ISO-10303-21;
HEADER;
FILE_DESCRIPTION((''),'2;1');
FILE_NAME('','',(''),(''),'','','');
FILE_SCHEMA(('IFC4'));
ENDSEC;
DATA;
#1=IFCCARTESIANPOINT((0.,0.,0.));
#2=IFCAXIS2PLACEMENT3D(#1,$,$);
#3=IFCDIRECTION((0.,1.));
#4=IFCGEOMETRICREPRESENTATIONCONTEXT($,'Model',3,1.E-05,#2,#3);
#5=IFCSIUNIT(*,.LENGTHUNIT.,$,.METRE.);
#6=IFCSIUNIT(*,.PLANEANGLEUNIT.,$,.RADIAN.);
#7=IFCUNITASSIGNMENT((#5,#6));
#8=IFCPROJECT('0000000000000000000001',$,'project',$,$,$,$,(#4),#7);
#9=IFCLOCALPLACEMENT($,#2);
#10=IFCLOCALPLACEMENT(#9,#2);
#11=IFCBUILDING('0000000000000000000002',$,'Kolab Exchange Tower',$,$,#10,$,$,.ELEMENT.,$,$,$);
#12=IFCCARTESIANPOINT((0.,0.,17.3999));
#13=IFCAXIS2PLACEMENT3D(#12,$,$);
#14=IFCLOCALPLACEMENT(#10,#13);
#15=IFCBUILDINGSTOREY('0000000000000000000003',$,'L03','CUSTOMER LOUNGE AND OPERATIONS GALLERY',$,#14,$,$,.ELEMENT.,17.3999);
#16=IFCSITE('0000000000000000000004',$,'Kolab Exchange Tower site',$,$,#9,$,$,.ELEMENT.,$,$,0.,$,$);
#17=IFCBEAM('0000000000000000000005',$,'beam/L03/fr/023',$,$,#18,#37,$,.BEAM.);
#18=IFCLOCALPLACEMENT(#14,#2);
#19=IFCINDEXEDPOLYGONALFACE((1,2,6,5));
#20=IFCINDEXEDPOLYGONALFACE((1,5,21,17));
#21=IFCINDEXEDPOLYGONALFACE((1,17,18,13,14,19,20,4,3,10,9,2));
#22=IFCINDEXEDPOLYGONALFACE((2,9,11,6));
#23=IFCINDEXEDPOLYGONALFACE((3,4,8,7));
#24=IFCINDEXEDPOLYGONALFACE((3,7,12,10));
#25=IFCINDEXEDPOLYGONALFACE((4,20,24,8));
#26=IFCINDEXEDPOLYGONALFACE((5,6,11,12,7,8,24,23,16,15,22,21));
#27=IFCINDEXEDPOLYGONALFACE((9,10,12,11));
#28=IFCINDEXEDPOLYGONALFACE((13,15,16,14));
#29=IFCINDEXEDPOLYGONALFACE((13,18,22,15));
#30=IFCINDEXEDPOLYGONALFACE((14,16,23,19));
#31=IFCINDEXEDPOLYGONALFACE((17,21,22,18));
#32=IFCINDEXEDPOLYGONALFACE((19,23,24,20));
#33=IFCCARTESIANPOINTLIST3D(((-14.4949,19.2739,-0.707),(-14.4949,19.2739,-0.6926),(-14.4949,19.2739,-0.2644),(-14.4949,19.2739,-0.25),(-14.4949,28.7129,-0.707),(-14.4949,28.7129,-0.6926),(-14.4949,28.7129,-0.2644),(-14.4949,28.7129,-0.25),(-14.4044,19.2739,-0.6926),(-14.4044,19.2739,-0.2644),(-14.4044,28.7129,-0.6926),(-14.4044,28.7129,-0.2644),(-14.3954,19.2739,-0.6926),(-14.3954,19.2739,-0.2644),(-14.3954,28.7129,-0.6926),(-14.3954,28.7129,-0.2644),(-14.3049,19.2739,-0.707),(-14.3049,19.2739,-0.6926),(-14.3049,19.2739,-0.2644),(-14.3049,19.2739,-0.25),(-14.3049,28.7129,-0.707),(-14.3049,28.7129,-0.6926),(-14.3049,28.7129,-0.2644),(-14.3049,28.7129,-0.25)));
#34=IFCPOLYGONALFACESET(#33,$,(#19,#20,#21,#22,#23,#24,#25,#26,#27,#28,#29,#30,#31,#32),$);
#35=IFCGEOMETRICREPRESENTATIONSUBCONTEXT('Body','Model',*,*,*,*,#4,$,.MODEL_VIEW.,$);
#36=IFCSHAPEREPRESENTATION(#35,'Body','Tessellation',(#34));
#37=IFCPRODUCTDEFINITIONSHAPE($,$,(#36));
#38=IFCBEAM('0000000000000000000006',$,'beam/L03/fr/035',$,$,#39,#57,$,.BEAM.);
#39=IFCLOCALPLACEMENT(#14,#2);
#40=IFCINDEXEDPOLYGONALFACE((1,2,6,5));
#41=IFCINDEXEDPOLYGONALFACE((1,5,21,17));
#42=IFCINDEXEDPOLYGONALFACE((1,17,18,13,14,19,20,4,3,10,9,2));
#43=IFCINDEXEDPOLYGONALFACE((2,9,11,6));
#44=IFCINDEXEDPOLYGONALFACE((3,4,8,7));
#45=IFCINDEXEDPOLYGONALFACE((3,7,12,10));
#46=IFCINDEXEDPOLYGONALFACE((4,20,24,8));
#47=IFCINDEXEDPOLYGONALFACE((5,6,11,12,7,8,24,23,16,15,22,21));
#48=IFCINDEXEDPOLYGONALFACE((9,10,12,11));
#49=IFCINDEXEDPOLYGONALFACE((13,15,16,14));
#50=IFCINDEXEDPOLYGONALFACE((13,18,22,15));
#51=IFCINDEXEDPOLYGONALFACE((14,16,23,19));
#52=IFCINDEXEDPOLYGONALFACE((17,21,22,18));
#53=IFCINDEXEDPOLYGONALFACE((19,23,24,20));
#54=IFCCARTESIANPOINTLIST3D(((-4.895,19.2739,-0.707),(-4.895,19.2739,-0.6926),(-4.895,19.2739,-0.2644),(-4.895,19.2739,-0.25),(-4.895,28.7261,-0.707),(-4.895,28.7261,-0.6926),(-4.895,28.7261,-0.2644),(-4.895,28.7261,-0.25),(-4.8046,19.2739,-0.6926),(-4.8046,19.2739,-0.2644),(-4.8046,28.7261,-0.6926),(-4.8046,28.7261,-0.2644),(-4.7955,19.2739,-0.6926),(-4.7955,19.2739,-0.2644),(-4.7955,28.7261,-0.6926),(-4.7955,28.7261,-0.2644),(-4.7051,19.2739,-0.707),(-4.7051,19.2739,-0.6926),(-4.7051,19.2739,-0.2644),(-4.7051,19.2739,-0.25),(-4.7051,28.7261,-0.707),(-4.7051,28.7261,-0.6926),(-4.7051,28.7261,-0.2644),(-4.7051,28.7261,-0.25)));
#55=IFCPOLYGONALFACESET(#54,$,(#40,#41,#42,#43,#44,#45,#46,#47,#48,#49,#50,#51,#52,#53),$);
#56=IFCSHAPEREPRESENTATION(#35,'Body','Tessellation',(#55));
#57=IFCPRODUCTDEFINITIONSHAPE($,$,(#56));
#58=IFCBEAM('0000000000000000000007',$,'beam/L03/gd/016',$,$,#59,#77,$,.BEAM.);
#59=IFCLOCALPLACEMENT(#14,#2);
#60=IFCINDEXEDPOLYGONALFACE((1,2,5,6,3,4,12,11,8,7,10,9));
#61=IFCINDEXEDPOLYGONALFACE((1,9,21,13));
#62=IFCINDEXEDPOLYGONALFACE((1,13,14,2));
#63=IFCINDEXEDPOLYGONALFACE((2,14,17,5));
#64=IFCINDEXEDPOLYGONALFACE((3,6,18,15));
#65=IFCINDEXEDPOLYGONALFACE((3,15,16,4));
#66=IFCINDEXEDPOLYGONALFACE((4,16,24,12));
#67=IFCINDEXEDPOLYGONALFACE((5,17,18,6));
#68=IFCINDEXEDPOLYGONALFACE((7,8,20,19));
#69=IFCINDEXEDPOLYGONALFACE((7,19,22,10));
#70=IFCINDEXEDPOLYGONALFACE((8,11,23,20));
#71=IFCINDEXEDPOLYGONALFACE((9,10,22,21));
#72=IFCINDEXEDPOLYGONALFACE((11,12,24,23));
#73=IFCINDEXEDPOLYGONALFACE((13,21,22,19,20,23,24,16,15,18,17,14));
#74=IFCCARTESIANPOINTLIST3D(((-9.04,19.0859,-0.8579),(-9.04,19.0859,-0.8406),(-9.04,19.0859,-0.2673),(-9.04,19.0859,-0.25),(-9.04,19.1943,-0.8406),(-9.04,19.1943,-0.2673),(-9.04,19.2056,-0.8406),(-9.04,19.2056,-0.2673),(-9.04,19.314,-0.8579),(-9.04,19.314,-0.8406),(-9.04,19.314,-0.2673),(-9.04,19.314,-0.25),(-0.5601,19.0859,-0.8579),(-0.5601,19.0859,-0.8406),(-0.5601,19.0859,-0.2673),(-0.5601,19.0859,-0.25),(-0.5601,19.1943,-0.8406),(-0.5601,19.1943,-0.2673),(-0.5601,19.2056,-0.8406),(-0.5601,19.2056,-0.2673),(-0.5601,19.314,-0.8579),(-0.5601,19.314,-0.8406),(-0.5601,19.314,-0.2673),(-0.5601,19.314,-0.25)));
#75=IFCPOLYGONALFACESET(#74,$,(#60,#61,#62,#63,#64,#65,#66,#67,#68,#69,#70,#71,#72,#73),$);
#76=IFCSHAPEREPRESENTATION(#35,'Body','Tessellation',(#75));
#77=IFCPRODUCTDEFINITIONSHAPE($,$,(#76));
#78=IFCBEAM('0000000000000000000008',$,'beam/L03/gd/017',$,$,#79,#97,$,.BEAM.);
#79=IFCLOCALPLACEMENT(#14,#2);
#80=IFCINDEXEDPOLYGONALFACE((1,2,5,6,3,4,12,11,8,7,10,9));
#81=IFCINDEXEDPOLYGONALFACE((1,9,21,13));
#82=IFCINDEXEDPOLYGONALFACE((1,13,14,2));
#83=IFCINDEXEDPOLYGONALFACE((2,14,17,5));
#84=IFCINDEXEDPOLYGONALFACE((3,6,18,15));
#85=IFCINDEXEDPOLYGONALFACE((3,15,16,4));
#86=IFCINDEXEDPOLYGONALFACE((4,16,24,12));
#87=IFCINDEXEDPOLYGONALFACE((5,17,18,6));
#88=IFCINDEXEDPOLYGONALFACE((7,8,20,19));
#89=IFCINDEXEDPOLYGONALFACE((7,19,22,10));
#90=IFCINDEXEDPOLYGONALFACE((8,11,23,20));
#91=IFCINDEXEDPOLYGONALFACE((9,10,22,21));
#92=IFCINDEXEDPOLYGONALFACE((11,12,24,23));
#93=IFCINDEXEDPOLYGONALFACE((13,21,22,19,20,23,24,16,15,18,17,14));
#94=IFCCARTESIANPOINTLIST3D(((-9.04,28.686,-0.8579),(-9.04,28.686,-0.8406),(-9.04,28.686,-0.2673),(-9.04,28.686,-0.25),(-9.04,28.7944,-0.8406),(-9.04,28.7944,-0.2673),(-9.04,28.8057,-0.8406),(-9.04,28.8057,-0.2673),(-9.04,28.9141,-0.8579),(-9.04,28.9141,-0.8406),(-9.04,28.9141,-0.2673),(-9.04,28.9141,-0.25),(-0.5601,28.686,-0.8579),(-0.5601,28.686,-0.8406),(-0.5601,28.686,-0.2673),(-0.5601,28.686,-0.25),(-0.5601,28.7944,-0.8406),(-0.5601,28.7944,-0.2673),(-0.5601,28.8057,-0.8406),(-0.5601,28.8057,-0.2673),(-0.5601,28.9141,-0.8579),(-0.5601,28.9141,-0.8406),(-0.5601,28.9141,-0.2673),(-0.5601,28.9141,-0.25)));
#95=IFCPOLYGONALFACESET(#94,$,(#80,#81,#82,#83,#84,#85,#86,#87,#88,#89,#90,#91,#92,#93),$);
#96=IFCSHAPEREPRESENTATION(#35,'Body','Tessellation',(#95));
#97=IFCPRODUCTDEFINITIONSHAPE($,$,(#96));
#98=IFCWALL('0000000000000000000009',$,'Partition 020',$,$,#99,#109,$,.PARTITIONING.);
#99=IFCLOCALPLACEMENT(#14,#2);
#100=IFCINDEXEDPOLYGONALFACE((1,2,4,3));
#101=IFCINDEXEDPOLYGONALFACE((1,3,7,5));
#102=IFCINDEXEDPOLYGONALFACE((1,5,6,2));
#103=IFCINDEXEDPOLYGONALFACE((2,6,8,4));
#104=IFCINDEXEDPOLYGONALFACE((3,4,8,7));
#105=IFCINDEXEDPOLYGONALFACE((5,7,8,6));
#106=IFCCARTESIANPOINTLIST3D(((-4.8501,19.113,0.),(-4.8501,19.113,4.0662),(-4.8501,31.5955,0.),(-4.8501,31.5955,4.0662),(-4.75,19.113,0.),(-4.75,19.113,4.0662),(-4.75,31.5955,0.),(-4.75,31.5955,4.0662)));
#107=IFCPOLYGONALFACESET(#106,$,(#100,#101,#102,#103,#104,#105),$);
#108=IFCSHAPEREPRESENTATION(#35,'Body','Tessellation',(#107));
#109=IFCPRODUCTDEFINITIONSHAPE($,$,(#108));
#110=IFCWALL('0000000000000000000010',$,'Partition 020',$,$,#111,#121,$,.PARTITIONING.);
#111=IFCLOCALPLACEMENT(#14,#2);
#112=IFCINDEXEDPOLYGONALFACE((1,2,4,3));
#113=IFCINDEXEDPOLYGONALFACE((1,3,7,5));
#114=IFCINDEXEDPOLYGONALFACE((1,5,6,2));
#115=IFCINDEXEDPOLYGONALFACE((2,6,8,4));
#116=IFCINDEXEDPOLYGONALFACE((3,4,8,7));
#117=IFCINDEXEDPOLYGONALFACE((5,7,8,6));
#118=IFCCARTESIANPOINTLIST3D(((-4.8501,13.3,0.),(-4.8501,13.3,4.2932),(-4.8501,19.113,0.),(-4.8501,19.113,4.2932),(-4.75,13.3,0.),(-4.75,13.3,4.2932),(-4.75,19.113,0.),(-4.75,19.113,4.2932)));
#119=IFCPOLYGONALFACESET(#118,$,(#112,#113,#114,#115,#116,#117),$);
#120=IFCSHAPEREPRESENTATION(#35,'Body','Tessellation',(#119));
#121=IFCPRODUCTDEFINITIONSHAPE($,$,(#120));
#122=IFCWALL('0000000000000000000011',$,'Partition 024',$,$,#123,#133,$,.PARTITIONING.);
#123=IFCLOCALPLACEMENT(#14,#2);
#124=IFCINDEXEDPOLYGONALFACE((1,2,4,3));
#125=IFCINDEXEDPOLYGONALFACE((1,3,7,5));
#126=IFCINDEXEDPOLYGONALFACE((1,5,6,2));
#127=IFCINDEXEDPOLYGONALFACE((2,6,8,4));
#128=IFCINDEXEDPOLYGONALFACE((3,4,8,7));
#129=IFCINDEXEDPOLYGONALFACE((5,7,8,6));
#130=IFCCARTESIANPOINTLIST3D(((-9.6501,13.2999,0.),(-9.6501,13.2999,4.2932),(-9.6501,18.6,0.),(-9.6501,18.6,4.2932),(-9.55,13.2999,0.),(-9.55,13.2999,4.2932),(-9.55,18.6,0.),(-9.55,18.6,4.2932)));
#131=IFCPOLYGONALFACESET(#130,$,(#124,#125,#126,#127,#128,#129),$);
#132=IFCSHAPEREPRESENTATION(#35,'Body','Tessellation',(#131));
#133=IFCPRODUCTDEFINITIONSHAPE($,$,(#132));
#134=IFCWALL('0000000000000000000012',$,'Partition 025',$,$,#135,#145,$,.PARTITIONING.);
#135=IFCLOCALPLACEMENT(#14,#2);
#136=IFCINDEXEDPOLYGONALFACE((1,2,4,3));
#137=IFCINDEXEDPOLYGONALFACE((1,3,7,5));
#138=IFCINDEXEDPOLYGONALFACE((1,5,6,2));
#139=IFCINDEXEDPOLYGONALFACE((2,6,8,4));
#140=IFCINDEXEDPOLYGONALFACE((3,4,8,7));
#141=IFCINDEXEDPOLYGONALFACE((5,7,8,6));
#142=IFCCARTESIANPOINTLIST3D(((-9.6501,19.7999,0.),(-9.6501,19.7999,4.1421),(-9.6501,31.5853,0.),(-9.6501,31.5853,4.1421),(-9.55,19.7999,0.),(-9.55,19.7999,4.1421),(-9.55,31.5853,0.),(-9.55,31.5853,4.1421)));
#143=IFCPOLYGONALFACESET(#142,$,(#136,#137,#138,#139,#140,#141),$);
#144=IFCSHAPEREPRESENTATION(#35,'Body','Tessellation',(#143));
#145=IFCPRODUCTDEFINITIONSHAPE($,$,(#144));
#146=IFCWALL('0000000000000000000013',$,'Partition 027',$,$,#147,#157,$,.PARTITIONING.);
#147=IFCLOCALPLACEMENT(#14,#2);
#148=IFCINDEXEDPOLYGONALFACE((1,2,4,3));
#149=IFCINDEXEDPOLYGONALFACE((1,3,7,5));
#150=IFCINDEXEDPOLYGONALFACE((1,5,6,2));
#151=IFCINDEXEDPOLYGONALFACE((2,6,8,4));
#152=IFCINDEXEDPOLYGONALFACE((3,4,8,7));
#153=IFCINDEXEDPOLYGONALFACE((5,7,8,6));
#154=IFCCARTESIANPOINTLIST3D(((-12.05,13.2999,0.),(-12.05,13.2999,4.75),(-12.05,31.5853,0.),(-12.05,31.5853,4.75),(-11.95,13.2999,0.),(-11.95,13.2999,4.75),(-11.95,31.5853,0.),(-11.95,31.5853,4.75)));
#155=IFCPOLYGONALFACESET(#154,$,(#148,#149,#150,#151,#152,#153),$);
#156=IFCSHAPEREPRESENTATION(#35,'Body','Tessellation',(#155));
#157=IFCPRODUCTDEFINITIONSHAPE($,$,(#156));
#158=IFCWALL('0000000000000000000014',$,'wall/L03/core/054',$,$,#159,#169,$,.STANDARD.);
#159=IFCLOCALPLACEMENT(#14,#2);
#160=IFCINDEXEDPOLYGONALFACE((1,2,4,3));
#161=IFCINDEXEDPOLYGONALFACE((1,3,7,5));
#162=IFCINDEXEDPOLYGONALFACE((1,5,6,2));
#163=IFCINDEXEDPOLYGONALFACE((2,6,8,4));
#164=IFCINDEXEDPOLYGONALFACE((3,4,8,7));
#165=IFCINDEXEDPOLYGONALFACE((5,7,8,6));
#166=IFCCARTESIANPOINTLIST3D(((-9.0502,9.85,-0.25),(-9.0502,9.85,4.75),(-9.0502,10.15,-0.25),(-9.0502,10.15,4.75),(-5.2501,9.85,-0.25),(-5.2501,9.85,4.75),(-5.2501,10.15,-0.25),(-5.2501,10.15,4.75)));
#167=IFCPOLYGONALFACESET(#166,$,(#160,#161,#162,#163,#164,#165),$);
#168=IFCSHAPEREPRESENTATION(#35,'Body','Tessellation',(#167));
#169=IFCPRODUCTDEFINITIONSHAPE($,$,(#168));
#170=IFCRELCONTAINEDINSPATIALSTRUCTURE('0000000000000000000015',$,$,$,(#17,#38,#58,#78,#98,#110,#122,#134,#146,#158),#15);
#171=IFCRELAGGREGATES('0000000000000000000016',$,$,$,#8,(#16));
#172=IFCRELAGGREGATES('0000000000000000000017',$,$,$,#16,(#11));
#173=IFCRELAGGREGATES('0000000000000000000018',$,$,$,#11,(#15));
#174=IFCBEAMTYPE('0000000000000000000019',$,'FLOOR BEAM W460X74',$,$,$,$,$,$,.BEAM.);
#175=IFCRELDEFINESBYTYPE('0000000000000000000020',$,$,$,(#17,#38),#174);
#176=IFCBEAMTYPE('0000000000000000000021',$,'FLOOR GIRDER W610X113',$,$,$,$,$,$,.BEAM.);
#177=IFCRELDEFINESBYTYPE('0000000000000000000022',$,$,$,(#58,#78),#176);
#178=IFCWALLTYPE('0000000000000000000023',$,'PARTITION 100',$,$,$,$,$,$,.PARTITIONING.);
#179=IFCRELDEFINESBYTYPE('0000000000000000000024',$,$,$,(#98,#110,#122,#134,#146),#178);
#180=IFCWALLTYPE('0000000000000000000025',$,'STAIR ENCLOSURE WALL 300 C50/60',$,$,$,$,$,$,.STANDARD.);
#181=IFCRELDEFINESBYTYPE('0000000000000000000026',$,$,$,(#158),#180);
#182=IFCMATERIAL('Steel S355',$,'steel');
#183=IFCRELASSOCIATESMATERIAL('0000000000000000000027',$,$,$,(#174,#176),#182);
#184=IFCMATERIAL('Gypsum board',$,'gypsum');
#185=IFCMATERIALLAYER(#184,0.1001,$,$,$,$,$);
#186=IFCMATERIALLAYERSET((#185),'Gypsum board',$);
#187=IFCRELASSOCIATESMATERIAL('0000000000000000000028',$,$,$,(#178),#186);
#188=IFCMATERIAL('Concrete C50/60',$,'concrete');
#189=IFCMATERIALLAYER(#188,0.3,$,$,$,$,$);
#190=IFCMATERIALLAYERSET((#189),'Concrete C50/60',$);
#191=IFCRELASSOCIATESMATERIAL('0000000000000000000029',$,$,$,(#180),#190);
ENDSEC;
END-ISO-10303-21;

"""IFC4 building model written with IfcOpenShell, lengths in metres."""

from ifc_helpers import new_model, si_unit, direction, frame, frame_2d, origin, origin_2d, place, context, subcontext, project, spatial, rectangle, i_section, extrude, material, layer, layer_set, material_profile, profile_set, type_object, element, save


model = new_model("IFC4")

# Units and contexts
model_context = context("Model", 3, precision=1e-05, world=origin(), true_north=direction((0.0, 1.0)))
body_context = subcontext(model_context, "Body", "Model", "MODEL_VIEW")
ifc_project = project(units=[si_unit("LENGTHUNIT", "METRE"), si_unit("PLANEANGLEUNIT", "RADIAN")], contexts=[model_context])

# Site, building, storey
site_placement = place(None, origin())
site = spatial("IfcSite", under=ifc_project, at=site_placement, Name="Kolab Exchange Tower site", CompositionType="ELEMENT", RefElevation=0.0)
building_placement = place(site_placement, origin())
building = spatial("IfcBuilding", under=site, at=building_placement, Name="Kolab Exchange Tower", CompositionType="ELEMENT")
storey_placement = place(building_placement, frame((0.0, 0.0, 17.3999)))
storey = spatial("IfcBuildingStorey", under=building, at=storey_placement, Name="L03", Description="CUSTOMER LOUNGE AND OPERATIONS GALLERY", CompositionType="ELEMENT", Elevation=17.3999)

# Beams
ifc_material_1 = material(Name="Steel S355", Category="steel")
ifc_material_profile_1 = material_profile(ifc_material_1, i_section(OverallWidth=0.1899, OverallDepth=0.457, WebThickness=0.009, FlangeThickness=0.0144, at=origin_2d()), Name="W460X74")
ifc_profile_set_1 = profile_set([ifc_material_profile_1], Name="Steel S355")
beam_type_1 = type_object("IfcBeamType", Name="FLOOR BEAM W460X74", PredefinedType="BEAM", material=ifc_profile_set_1)
beam_1_placement = place(storey_placement, frame((-14.3999, 19.2739, -0.4785), z_axis=(0.0, 1.0, 0.0), x_axis=(-1.0, 0.0, 0.0)))
element("IfcBeam", 1, at=beam_1_placement, inside=storey, type_object=beam_type_1, Name="beam/L03/fr/023", PredefinedType="BEAM", context=body_context, shape_type="SweptSolid", body=[
    extrude(i_section(OverallWidth=0.1899, OverallDepth=0.457, WebThickness=0.009, FlangeThickness=0.0144, at=origin_2d()), origin(), (0.0, 0.0, 1.0), 9.439),
])
beam_2_placement = place(storey_placement, frame((-4.8, 19.2739, -0.4785), z_axis=(0.0, 1.0, 0.0), x_axis=(-1.0, 0.0, 0.0)))
element("IfcBeam", 2, at=beam_2_placement, inside=storey, type_object=beam_type_1, Name="beam/L03/fr/035", PredefinedType="BEAM", context=body_context, shape_type="SweptSolid", body=[
    extrude(i_section(OverallWidth=0.1899, OverallDepth=0.457, WebThickness=0.009, FlangeThickness=0.0144, at=origin_2d()), origin(), (0.0, 0.0, 1.0), 9.4521),
])
ifc_material_profile_2 = material_profile(ifc_material_1, i_section(OverallWidth=0.228, OverallDepth=0.6079, WebThickness=0.0112, FlangeThickness=0.0173, at=origin_2d()), Name="W610X113")
ifc_profile_set_2 = profile_set([ifc_material_profile_2], Name="Steel S355")
beam_type_2 = type_object("IfcBeamType", Name="FLOOR GIRDER W610X113", PredefinedType="BEAM", material=ifc_profile_set_2)
for number, where, z_axis, x_axis, name in (
    (3, (-9.04, 19.2, -0.554), (1.0, 0.0, 0.0), (0.0, 1.0, 0.0), "beam/L03/gd/016"),
    (4, (-9.04, 28.8, -0.554), (1.0, 0.0, 0.0), (0.0, 1.0, 0.0), "beam/L03/gd/017"),
):
    element("IfcBeam", number, at=place(storey_placement, frame(where, z_axis=z_axis, x_axis=x_axis)), inside=storey, type_object=beam_type_2, Name=name, PredefinedType="BEAM", context=body_context, shape_type="SweptSolid", body=[
        extrude(i_section(OverallWidth=0.228, OverallDepth=0.6079, WebThickness=0.0112, FlangeThickness=0.0173, at=origin_2d()), origin(), (0.0, 0.0, 1.0), 8.48),
    ])

# Walls
ifc_material_2 = material(Name="Gypsum board", Category="gypsum")
ifc_layer_1 = layer(ifc_material_2, 0.1001)
ifc_layer_set_1 = layer_set([ifc_layer_1], Name="Gypsum board")
wall_type_1 = type_object("IfcWallType", Name="PARTITION 100", PredefinedType="PARTITIONING", material=ifc_layer_set_1)
wall_1_placement = place(storey_placement, frame((-4.8, 19.113, 0.0), z_axis=(0.0, 0.0, 1.0), x_axis=(0.0, 1.0, 0.0)))
element("IfcWall", 5, at=wall_1_placement, inside=storey, type_object=wall_type_1, Name="Partition 020", PredefinedType="PARTITIONING", context=body_context, shape_type="SweptSolid", body=[
    extrude(rectangle(XDim=12.4824, YDim=0.1001, at=frame_2d((6.2412, 0.0))), origin(), (0.0, 0.0, 1.0), 4.0662),
])
wall_2_placement = place(storey_placement, frame((-4.8, 13.3, 0.0), z_axis=(0.0, 0.0, 1.0), x_axis=(0.0, 1.0, 0.0)))
element("IfcWall", 6, at=wall_2_placement, inside=storey, type_object=wall_type_1, Name="Partition 020", PredefinedType="PARTITIONING", context=body_context, shape_type="SweptSolid", body=[
    extrude(rectangle(XDim=5.813, YDim=0.1001, at=frame_2d((2.9065, 0.0))), origin(), (0.0, 0.0, 1.0), 4.2932),
])
wall_3_placement = place(storey_placement, frame((-9.6001, 13.3, 0.0), z_axis=(0.0, 0.0, 1.0), x_axis=(0.0, 1.0, 0.0)))
element("IfcWall", 7, at=wall_3_placement, inside=storey, type_object=wall_type_1, Name="Partition 024", PredefinedType="PARTITIONING", context=body_context, shape_type="SweptSolid", body=[
    extrude(rectangle(XDim=5.3, YDim=0.1001, at=frame_2d((2.6499, 0.0))), origin(), (0.0, 0.0, 1.0), 4.2932),
])
wall_4_placement = place(storey_placement, frame((-9.6001, 19.8, 0.0), z_axis=(0.0, 0.0, 1.0), x_axis=(0.0, 1.0, 0.0)))
element("IfcWall", 8, at=wall_4_placement, inside=storey, type_object=wall_type_1, Name="Partition 025", PredefinedType="PARTITIONING", context=body_context, shape_type="SweptSolid", body=[
    extrude(rectangle(XDim=11.7854, YDim=0.1001, at=frame_2d((5.8926, 0.0))), origin(), (0.0, 0.0, 1.0), 4.1421),
])
wall_5_placement = place(storey_placement, frame((-12.0, 13.3, 0.0), z_axis=(0.0, 0.0, 1.0), x_axis=(0.0, 1.0, 0.0)))
element("IfcWall", 9, at=wall_5_placement, inside=storey, type_object=wall_type_1, Name="Partition 027", PredefinedType="PARTITIONING", context=body_context, shape_type="SweptSolid", body=[
    extrude(rectangle(XDim=18.2854, YDim=0.1001, at=frame_2d((9.1426, 0.0))), origin(), (0.0, 0.0, 1.0), 4.75),
])

# Wall
ifc_material_3 = material(Name="Concrete C50/60", Category="concrete")
ifc_layer_2 = layer(ifc_material_3, 0.3)
ifc_layer_set_2 = layer_set([ifc_layer_2], Name="Concrete C50/60")
wall_type_2 = type_object("IfcWallType", Name="STAIR ENCLOSURE WALL 300 C50/60", PredefinedType="STANDARD", material=ifc_layer_set_2)
wall_6_placement = place(storey_placement, frame((-9.05, 10.0, -0.25), z_axis=(0.0, 0.0, 1.0), x_axis=(1.0, 0.0, 0.0)))
element("IfcWall", 10, at=wall_6_placement, inside=storey, type_object=wall_type_2, Name="wall/L03/core/054", PredefinedType="STANDARD", context=body_context, shape_type="SweptSolid", body=[
    extrude(rectangle(XDim=3.8, YDim=0.3, at=frame_2d((1.8999, 0.0))), origin(), (0.0, 0.0, 1.0), 5.0),
])

save(model, "model.ifc")
